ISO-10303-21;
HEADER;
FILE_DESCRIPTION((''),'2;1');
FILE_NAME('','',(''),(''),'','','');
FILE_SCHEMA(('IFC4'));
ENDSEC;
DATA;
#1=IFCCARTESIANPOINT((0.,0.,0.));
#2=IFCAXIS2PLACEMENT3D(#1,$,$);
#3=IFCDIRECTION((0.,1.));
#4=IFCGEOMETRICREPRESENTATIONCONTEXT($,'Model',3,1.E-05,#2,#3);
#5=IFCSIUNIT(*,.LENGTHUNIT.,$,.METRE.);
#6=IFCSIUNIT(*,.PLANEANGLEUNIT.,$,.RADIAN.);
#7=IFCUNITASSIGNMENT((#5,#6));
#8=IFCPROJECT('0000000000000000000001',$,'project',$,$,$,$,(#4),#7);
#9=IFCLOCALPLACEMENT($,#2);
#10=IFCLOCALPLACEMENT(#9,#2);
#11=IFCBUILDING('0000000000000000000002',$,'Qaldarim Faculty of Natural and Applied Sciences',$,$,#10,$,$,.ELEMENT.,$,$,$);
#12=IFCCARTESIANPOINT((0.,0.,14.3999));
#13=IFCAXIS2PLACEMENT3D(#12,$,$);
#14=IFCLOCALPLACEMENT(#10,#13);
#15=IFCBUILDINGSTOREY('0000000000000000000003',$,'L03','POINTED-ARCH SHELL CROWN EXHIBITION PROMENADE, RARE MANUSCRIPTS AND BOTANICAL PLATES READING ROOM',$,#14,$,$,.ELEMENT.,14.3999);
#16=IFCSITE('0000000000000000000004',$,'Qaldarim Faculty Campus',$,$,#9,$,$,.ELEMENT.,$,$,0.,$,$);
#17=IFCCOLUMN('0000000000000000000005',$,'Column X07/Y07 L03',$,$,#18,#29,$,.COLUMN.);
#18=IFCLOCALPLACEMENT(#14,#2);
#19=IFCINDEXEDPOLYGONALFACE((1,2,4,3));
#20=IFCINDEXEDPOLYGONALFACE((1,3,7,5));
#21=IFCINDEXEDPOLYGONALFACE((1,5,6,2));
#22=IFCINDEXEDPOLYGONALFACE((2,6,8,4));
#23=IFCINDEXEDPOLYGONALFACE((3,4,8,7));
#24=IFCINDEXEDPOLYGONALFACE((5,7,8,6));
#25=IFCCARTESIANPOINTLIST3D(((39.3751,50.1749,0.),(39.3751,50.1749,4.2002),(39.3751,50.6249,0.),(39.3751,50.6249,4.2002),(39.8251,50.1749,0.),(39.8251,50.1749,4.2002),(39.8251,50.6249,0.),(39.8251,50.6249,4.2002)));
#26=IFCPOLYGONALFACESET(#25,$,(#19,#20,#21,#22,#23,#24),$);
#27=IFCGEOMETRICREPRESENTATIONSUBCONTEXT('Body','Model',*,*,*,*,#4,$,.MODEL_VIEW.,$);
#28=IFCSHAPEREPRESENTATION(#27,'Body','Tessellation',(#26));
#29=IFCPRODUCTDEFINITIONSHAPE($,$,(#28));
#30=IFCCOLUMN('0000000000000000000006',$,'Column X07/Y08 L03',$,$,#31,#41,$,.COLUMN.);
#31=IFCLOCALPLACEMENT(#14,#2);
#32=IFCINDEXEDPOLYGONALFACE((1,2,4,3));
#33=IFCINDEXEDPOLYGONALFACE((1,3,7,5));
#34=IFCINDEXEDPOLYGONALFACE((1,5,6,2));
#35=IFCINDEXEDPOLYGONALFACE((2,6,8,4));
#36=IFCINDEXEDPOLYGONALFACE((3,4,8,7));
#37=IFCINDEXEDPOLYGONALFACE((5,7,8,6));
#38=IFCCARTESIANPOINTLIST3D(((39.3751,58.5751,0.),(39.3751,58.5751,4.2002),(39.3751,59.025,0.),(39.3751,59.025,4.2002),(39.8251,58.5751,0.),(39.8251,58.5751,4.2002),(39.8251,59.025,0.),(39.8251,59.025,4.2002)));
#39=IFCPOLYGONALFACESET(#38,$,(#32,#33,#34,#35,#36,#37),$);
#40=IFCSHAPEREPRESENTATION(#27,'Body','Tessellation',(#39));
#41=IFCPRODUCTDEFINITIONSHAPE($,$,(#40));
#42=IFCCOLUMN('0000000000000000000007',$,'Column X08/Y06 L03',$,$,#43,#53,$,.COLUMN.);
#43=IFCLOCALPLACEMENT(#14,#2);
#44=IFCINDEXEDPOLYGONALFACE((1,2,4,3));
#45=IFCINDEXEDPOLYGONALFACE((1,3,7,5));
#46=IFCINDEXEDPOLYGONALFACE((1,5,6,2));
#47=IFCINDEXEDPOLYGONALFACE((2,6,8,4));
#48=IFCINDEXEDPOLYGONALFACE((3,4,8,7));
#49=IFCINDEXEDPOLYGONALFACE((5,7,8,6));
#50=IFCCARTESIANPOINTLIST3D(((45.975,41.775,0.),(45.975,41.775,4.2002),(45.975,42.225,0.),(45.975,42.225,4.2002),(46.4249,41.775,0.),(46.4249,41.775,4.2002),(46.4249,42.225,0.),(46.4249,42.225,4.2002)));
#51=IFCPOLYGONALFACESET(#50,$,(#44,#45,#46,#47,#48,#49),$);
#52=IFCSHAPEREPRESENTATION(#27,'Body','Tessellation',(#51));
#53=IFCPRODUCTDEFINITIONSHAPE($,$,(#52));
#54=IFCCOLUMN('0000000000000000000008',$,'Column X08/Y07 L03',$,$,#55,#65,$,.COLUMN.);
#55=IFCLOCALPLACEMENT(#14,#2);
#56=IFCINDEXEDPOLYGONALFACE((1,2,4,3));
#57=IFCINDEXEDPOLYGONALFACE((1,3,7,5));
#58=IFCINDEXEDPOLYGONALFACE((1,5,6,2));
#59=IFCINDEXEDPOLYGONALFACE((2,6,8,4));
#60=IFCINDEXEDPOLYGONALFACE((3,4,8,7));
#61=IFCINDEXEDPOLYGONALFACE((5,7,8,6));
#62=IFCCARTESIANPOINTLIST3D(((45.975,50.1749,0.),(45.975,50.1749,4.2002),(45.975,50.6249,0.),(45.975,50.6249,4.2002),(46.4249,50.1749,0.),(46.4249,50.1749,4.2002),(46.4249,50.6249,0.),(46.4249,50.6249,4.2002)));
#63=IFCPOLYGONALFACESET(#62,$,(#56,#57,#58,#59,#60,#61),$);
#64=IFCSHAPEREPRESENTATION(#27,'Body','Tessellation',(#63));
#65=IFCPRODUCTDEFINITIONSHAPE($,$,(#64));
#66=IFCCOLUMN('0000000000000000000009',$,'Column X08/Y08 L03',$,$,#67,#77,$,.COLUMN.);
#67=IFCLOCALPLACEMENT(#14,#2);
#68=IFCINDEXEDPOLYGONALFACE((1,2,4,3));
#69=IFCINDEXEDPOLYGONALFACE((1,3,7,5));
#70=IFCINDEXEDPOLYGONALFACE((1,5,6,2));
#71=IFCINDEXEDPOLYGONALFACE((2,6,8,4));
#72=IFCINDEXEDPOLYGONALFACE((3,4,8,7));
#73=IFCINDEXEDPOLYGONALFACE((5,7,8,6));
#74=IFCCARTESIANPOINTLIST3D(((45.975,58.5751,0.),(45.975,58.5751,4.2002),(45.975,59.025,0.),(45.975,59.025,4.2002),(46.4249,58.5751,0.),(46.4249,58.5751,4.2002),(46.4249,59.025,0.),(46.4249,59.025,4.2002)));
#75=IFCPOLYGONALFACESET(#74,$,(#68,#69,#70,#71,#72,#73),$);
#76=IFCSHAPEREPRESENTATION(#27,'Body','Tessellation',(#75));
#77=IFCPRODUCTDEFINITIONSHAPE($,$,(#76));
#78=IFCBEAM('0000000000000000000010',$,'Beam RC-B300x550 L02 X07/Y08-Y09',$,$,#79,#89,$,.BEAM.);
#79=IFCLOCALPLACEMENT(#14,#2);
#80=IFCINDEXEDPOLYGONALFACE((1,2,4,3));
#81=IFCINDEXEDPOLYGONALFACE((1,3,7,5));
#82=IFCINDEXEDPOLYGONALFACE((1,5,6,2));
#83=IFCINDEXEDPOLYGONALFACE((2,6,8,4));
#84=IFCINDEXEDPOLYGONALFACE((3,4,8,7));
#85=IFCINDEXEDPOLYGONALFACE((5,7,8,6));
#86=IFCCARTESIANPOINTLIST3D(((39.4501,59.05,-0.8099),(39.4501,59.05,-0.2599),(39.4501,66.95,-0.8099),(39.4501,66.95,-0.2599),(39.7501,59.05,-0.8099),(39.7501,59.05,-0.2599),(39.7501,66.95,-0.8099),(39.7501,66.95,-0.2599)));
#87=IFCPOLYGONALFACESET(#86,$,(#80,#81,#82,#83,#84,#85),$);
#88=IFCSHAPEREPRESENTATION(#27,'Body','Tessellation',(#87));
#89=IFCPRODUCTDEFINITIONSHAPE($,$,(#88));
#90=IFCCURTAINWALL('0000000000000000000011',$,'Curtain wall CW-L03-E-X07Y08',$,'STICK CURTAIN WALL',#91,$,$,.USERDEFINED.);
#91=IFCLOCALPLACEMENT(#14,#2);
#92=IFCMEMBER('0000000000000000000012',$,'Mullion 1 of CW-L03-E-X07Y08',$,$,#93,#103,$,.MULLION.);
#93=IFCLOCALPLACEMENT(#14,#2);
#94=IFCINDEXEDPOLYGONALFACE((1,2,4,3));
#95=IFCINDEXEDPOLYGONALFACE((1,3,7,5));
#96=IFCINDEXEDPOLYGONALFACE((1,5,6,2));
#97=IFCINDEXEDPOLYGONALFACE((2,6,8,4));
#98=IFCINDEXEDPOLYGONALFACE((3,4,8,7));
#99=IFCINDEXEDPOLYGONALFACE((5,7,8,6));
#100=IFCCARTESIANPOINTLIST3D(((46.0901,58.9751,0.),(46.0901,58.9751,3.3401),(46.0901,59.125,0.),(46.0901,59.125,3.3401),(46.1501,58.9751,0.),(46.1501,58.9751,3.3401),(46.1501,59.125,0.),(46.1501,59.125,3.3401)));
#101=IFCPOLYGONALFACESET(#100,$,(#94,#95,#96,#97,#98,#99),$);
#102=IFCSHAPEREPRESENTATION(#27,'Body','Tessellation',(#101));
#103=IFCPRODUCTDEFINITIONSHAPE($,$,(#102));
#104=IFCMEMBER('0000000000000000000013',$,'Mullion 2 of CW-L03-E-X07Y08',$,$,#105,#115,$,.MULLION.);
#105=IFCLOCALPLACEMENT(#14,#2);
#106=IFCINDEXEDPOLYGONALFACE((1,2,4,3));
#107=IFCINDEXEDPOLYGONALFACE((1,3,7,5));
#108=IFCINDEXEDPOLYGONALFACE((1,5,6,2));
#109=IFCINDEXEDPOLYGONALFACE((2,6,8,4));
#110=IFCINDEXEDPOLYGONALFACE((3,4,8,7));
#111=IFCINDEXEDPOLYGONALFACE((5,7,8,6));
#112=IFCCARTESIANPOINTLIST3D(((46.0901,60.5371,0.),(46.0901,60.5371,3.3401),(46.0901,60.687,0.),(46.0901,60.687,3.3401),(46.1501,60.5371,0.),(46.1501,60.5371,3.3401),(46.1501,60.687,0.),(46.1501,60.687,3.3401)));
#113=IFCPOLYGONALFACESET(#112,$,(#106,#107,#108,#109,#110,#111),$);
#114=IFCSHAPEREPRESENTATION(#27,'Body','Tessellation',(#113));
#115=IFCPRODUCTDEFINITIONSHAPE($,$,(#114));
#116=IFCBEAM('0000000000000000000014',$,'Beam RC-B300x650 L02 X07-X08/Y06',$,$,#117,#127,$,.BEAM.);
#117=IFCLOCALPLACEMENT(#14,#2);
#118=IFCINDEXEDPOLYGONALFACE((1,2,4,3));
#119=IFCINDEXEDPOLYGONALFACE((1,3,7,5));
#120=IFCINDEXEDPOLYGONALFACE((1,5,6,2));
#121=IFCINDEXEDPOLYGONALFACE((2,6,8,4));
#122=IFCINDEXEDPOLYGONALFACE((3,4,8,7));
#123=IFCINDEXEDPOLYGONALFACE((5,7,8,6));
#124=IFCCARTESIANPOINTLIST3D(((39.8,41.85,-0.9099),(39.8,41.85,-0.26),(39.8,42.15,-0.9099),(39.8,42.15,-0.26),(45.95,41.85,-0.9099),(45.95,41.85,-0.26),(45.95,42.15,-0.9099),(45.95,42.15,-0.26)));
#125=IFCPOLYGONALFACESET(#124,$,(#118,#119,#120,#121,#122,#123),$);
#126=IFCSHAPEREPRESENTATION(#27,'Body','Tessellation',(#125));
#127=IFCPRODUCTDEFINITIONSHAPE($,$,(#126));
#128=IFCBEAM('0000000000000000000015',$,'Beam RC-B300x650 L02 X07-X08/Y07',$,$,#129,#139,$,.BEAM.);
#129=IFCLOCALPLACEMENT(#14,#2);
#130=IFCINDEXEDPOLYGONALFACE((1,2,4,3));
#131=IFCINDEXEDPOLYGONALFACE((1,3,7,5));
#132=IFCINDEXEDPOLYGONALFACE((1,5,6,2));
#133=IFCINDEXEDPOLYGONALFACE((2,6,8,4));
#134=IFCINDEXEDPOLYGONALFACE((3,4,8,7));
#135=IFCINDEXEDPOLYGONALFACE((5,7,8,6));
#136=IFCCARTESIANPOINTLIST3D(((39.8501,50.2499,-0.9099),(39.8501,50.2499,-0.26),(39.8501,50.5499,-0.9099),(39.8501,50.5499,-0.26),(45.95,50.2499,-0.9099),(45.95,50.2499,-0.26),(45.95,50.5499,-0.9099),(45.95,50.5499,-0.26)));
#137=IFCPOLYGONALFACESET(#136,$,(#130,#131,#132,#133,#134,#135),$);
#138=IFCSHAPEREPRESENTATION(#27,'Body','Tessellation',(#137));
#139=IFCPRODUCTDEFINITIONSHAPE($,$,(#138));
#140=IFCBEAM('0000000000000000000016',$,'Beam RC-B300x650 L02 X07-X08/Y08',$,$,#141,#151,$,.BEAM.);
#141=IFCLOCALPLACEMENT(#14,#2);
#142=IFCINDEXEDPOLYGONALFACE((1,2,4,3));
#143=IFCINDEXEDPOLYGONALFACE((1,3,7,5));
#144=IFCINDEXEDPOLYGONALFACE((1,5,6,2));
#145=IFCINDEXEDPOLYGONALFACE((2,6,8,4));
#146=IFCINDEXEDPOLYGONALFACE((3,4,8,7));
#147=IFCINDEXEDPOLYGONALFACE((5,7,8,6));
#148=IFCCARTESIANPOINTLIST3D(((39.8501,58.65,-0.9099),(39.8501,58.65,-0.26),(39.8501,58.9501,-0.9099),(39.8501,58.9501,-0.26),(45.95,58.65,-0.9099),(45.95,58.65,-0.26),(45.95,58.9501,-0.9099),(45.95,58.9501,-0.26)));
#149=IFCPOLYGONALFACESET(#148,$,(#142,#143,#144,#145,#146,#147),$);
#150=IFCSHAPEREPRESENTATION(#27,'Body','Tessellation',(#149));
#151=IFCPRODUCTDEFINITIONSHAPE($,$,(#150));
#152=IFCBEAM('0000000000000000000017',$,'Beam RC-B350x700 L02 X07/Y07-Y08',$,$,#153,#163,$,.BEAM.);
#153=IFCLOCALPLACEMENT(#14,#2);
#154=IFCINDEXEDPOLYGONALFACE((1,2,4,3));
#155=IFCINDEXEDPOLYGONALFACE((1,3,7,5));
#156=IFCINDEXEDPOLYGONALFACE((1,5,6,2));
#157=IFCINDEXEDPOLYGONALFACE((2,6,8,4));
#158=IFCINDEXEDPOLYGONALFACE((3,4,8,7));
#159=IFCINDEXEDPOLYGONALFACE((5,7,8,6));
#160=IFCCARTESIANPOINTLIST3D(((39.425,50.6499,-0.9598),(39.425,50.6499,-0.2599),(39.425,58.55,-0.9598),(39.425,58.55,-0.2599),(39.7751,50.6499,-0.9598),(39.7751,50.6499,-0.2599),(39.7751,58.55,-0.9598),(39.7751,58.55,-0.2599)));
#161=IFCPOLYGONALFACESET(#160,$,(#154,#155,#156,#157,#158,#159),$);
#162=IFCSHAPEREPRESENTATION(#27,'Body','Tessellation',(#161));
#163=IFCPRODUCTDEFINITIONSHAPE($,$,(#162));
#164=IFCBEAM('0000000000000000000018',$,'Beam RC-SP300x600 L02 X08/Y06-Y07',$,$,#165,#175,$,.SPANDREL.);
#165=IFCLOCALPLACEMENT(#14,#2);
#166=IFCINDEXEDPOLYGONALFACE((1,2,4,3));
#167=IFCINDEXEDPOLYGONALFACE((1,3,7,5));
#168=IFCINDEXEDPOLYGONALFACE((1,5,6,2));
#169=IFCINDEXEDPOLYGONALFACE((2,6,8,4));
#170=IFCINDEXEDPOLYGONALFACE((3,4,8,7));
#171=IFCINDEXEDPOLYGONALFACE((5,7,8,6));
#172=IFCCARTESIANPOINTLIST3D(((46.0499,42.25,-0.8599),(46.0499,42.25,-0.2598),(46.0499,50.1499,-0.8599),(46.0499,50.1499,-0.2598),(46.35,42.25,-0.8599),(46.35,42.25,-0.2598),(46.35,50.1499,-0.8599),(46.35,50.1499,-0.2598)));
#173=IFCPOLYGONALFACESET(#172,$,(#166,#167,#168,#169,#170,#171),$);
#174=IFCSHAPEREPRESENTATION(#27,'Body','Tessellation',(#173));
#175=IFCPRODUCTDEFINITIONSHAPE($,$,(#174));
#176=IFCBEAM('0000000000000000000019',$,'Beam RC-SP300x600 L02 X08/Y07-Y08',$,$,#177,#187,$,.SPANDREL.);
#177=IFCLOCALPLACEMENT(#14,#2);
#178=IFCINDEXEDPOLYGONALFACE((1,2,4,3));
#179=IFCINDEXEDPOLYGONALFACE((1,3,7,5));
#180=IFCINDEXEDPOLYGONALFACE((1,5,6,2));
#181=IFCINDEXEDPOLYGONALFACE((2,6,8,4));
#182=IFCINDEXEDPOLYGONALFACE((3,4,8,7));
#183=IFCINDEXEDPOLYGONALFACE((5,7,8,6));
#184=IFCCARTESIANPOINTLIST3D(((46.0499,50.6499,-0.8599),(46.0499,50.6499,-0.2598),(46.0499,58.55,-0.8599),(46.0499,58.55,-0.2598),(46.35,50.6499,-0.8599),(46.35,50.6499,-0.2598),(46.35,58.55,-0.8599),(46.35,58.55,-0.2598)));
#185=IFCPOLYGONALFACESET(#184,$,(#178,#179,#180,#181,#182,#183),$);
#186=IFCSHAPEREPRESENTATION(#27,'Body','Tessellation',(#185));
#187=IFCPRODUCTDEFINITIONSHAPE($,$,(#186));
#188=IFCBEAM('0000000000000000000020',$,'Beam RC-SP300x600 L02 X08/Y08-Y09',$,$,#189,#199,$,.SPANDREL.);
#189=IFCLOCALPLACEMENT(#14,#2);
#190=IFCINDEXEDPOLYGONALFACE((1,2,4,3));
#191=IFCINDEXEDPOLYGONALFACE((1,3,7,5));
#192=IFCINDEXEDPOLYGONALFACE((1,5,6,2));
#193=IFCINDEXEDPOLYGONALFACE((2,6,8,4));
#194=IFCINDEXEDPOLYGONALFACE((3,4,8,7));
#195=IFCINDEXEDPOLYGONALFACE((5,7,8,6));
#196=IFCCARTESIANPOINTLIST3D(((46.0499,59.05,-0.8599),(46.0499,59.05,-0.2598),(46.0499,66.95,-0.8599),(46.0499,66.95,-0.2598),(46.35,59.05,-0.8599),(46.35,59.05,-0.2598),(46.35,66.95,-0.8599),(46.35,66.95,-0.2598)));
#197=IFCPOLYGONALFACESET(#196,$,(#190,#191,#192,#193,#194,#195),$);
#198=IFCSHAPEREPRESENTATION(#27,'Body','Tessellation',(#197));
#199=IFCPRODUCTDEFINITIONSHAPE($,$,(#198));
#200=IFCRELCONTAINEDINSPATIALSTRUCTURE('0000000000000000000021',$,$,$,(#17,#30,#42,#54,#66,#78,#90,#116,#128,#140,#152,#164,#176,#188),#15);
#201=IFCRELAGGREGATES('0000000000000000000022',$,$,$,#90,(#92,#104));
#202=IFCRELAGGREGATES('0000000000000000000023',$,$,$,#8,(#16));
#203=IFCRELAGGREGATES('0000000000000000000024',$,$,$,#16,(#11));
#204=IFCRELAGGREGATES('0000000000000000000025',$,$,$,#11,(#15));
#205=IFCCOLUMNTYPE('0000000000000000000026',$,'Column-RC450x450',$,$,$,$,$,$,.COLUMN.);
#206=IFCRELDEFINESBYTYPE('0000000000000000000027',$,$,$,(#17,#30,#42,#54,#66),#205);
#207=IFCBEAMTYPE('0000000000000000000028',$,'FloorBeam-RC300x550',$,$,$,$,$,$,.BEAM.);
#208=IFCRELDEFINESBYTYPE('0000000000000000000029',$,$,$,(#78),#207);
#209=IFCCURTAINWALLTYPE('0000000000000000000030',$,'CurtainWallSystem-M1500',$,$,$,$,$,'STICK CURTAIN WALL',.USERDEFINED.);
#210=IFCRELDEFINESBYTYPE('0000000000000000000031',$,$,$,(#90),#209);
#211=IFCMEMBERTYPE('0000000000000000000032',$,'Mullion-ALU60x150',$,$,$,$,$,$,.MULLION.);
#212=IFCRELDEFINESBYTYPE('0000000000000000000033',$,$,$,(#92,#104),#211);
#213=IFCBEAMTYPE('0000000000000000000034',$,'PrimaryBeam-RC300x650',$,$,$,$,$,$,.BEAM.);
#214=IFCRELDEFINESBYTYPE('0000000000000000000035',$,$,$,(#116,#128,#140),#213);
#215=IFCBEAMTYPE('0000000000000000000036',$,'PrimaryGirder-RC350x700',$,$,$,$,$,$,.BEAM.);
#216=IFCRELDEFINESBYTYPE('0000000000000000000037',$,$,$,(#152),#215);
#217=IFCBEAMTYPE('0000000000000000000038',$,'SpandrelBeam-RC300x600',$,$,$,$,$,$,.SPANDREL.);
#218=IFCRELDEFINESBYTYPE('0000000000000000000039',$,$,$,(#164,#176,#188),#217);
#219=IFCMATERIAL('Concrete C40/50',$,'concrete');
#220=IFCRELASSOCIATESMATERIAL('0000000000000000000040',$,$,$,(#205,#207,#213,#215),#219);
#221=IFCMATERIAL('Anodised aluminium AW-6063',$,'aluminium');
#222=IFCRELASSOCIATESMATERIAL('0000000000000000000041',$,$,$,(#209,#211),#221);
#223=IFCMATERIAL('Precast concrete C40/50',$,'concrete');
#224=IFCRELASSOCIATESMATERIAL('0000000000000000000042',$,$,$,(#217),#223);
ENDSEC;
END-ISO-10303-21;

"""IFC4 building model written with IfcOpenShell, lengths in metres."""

from ifc_helpers import new_model, si_unit, direction, frame, origin, origin_2d, place, context, subcontext, project, spatial, rectangle, extrude, material, material_profile, profile_set, type_object, element, aggregate, save


model = new_model("IFC4")

# Units and contexts
model_context = context("Model", 3, precision=1e-05, world=origin(), true_north=direction((0.0, 1.0)))
body_context = subcontext(model_context, "Body", "Model", "MODEL_VIEW")
ifc_project = project(units=[si_unit("LENGTHUNIT", "METRE"), si_unit("PLANEANGLEUNIT", "RADIAN")], contexts=[model_context])

# Site, building, storey
site_placement = place(None, origin())
site = spatial("IfcSite", under=ifc_project, at=site_placement, Name="Qaldarim Faculty Campus", CompositionType="ELEMENT", RefElevation=0.0)
building_placement = place(site_placement, origin())
building = spatial("IfcBuilding", under=site, at=building_placement, Name="Qaldarim Faculty of Natural and Applied Sciences", CompositionType="ELEMENT")
storey_placement = place(building_placement, frame((0.0, 0.0, 14.3999)))
storey = spatial("IfcBuildingStorey", under=building, at=storey_placement, Name="L03", Description="POINTED-ARCH SHELL CROWN EXHIBITION PROMENADE, RARE MANUSCRIPTS AND BOTANICAL PLATES READING ROOM", CompositionType="ELEMENT", Elevation=14.3999)

# Columns
ifc_material_1 = material(Name="Concrete C40/50", Category="concrete")
ifc_material_profile_1 = material_profile(ifc_material_1, rectangle(XDim=0.45, YDim=0.45, at=origin_2d()), Name="RC-C450x450")
ifc_profile_set_1 = profile_set([ifc_material_profile_1], Name="Concrete C40/50")
column_type = type_object("IfcColumnType", Name="Column-RC450x450", PredefinedType="COLUMN", material=ifc_profile_set_1)
for number, where, z_axis, x_axis, name in (
    (1, (39.6001, 50.3999, 0.0), (0.0, 0.0, 1.0), (1.0, 0.0, 0.0), "Column X07/Y07 L03"),
    (2, (39.6001, 58.8, 0.0), (0.0, 0.0, 1.0), (1.0, 0.0, 0.0), "Column X07/Y08 L03"),
    (3, (46.2, 42.0, 0.0), (0.0, 0.0, 1.0), (1.0, 0.0, 0.0), "Column X08/Y06 L03"),
    (4, (46.2, 50.3999, 0.0), (0.0, 0.0, 1.0), (1.0, 0.0, 0.0), "Column X08/Y07 L03"),
    (5, (46.2, 58.8, 0.0), (0.0, 0.0, 1.0), (1.0, 0.0, 0.0), "Column X08/Y08 L03"),
):
    element("IfcColumn", number, at=place(storey_placement, frame(where, z_axis=z_axis, x_axis=x_axis)), inside=storey, type_object=column_type, Name=name, PredefinedType="COLUMN", context=body_context, shape_type="SweptSolid", body=[
        extrude(rectangle(XDim=0.45, YDim=0.45, at=origin_2d()), origin(), (0.0, 0.0, 1.0), 4.2002),
    ])

# Beam
ifc_material_profile_2 = material_profile(ifc_material_1, rectangle(XDim=0.3, YDim=0.55, at=origin_2d()), Name="RC-B300x550")
ifc_profile_set_2 = profile_set([ifc_material_profile_2], Name="Concrete C40/50")
beam_type_1 = type_object("IfcBeamType", Name="FloorBeam-RC300x550", PredefinedType="BEAM", material=ifc_profile_set_2)
beam_1_placement = place(storey_placement, frame((39.6001, 59.05, -0.5349), z_axis=(0.0, 1.0, 0.0), x_axis=(-1.0, 0.0, 0.0)))
element("IfcBeam", 6, at=beam_1_placement, inside=storey, type_object=beam_type_1, Name="Beam RC-B300x550 L02 X07/Y08-Y09", PredefinedType="BEAM", context=body_context, shape_type="SweptSolid", body=[
    extrude(rectangle(XDim=0.3, YDim=0.55, at=origin_2d()), origin(), (0.0, 0.0, 1.0), 7.8999),
])

# Curtain wall, members
ifc_material_2 = material(Name="Anodised aluminium AW-6063", Category="aluminium")
curtain_wall_type = type_object("IfcCurtainWallType", Name="CurtainWallSystem-M1500", ElementType="STICK CURTAIN WALL", PredefinedType="USERDEFINED", material=ifc_material_2)
curtain_wall_placement = place(storey_placement, origin())
curtain_wall = element("IfcCurtainWall", 7, at=curtain_wall_placement, inside=storey, type_object=curtain_wall_type, Name="Curtain wall CW-L03-E-X07Y08", ObjectType="STICK CURTAIN WALL", PredefinedType="USERDEFINED")
ifc_material_profile_3 = material_profile(ifc_material_2, rectangle(XDim=0.0601, YDim=0.1499, at=origin_2d()), Name="ALU-M60x150")
ifc_profile_set_3 = profile_set([ifc_material_profile_3], Name="Anodised aluminium AW-6063")
member_type_1 = type_object("IfcMemberType", Name="Mullion-ALU60x150", PredefinedType="MULLION", material=ifc_profile_set_3)
member_1_placement = place(storey_placement, frame((46.1201, 59.05, 0.0), z_axis=(0.0, 0.0, 1.0), x_axis=(-1.0, 0.0, 0.0)))
member_1 = element("IfcMember", 8, at=member_1_placement, type_object=member_type_1, Name="Mullion 1 of CW-L03-E-X07Y08", PredefinedType="MULLION", context=body_context, shape_type="SweptSolid", body=[
    extrude(rectangle(XDim=0.0601, YDim=0.1499, at=origin_2d()), origin(), (0.0, 0.0, 1.0), 3.3401),
])
member_2_placement = place(storey_placement, frame((46.1201, 60.6121, 0.0), z_axis=(0.0, 0.0, 1.0), x_axis=(-1.0, 0.0, 0.0)))
member_2 = element("IfcMember", 9, at=member_2_placement, type_object=member_type_1, Name="Mullion 2 of CW-L03-E-X07Y08", PredefinedType="MULLION", context=body_context, shape_type="SweptSolid", body=[
    extrude(rectangle(XDim=0.0601, YDim=0.1499, at=origin_2d()), origin(), (0.0, 0.0, 1.0), 3.3401),
])

# Beams
ifc_material_profile_4 = material_profile(ifc_material_1, rectangle(XDim=0.3, YDim=0.6499, at=origin_2d()), Name="RC-B300x650")
ifc_profile_set_4 = profile_set([ifc_material_profile_4], Name="Concrete C40/50")
beam_type_2 = type_object("IfcBeamType", Name="PrimaryBeam-RC300x650", PredefinedType="BEAM", material=ifc_profile_set_4)
beam_2_placement = place(storey_placement, frame((39.8, 42.0, -0.585), z_axis=(1.0, 0.0, 0.0), x_axis=(0.0, 1.0, 0.0)))
element("IfcBeam", 10, at=beam_2_placement, inside=storey, type_object=beam_type_2, Name="Beam RC-B300x650 L02 X07-X08/Y06", PredefinedType="BEAM", context=body_context, shape_type="SweptSolid", body=[
    extrude(rectangle(XDim=0.3, YDim=0.6499, at=origin_2d()), origin(), (0.0, 0.0, 1.0), 6.1499),
])
for number, where, z_axis, x_axis, name in (
    (11, (39.8501, 50.3999, -0.585), (1.0, 0.0, 0.0), (0.0, 1.0, 0.0), "Beam RC-B300x650 L02 X07-X08/Y07"),
    (12, (39.8501, 58.8, -0.585), (1.0, 0.0, 0.0), (0.0, 1.0, 0.0), "Beam RC-B300x650 L02 X07-X08/Y08"),
):
    element("IfcBeam", number, at=place(storey_placement, frame(where, z_axis=z_axis, x_axis=x_axis)), inside=storey, type_object=beam_type_2, Name=name, PredefinedType="BEAM", context=body_context, shape_type="SweptSolid", body=[
        extrude(rectangle(XDim=0.3, YDim=0.6499, at=origin_2d()), origin(), (0.0, 0.0, 1.0), 6.0999),
    ])
ifc_material_profile_5 = material_profile(ifc_material_1, rectangle(XDim=0.3501, YDim=0.7, at=origin_2d()), Name="RC-B350x700")
ifc_profile_set_5 = profile_set([ifc_material_profile_5], Name="Concrete C40/50")
beam_type_3 = type_object("IfcBeamType", Name="PrimaryGirder-RC350x700", PredefinedType="BEAM", material=ifc_profile_set_5)
beam_3_placement = place(storey_placement, frame((39.6001, 50.6499, -0.6099), z_axis=(0.0, 1.0, 0.0), x_axis=(-1.0, 0.0, 0.0)))
element("IfcBeam", 13, at=beam_3_placement, inside=storey, type_object=beam_type_3, Name="Beam RC-B350x700 L02 X07/Y07-Y08", PredefinedType="BEAM", context=body_context, shape_type="SweptSolid", body=[
    extrude(rectangle(XDim=0.3501, YDim=0.7, at=origin_2d()), origin(), (0.0, 0.0, 1.0), 7.9001),
])
ifc_material_3 = material(Name="Precast concrete C40/50", Category="concrete")
ifc_material_profile_6 = material_profile(ifc_material_3, rectangle(XDim=0.3, YDim=0.6001, at=origin_2d()), Name="RC-SP300x600")
ifc_profile_set_6 = profile_set([ifc_material_profile_6], Name="Precast concrete C40/50")
beam_type_4 = type_object("IfcBeamType", Name="SpandrelBeam-RC300x600", PredefinedType="SPANDREL", material=ifc_profile_set_6)
beam_4_placement = place(storey_placement, frame((46.2, 42.25, -0.5598), z_axis=(0.0, 1.0, 0.0), x_axis=(-1.0, 0.0, 0.0)))
element("IfcBeam", 14, at=beam_4_placement, inside=storey, type_object=beam_type_4, Name="Beam RC-SP300x600 L02 X08/Y06-Y07", PredefinedType="SPANDREL", context=body_context, shape_type="SweptSolid", body=[
    extrude(rectangle(XDim=0.3, YDim=0.6001, at=origin_2d()), origin(), (0.0, 0.0, 1.0), 7.8999),
])
beam_5_placement = place(storey_placement, frame((46.2, 50.6499, -0.5598), z_axis=(0.0, 1.0, 0.0), x_axis=(-1.0, 0.0, 0.0)))
element("IfcBeam", 15, at=beam_5_placement, inside=storey, type_object=beam_type_4, Name="Beam RC-SP300x600 L02 X08/Y07-Y08", PredefinedType="SPANDREL", context=body_context, shape_type="SweptSolid", body=[
    extrude(rectangle(XDim=0.3, YDim=0.6001, at=origin_2d()), origin(), (0.0, 0.0, 1.0), 7.9001),
])
beam_6_placement = place(storey_placement, frame((46.2, 59.05, -0.5598), z_axis=(0.0, 1.0, 0.0), x_axis=(-1.0, 0.0, 0.0)))
element("IfcBeam", 16, at=beam_6_placement, inside=storey, type_object=beam_type_4, Name="Beam RC-SP300x600 L02 X08/Y08-Y09", PredefinedType="SPANDREL", context=body_context, shape_type="SweptSolid", body=[
    extrude(rectangle(XDim=0.3, YDim=0.6001, at=origin_2d()), origin(), (0.0, 0.0, 1.0), 7.8999),
])

aggregate(curtain_wall, [member_1, member_2])

save(model, "model.ifc")
